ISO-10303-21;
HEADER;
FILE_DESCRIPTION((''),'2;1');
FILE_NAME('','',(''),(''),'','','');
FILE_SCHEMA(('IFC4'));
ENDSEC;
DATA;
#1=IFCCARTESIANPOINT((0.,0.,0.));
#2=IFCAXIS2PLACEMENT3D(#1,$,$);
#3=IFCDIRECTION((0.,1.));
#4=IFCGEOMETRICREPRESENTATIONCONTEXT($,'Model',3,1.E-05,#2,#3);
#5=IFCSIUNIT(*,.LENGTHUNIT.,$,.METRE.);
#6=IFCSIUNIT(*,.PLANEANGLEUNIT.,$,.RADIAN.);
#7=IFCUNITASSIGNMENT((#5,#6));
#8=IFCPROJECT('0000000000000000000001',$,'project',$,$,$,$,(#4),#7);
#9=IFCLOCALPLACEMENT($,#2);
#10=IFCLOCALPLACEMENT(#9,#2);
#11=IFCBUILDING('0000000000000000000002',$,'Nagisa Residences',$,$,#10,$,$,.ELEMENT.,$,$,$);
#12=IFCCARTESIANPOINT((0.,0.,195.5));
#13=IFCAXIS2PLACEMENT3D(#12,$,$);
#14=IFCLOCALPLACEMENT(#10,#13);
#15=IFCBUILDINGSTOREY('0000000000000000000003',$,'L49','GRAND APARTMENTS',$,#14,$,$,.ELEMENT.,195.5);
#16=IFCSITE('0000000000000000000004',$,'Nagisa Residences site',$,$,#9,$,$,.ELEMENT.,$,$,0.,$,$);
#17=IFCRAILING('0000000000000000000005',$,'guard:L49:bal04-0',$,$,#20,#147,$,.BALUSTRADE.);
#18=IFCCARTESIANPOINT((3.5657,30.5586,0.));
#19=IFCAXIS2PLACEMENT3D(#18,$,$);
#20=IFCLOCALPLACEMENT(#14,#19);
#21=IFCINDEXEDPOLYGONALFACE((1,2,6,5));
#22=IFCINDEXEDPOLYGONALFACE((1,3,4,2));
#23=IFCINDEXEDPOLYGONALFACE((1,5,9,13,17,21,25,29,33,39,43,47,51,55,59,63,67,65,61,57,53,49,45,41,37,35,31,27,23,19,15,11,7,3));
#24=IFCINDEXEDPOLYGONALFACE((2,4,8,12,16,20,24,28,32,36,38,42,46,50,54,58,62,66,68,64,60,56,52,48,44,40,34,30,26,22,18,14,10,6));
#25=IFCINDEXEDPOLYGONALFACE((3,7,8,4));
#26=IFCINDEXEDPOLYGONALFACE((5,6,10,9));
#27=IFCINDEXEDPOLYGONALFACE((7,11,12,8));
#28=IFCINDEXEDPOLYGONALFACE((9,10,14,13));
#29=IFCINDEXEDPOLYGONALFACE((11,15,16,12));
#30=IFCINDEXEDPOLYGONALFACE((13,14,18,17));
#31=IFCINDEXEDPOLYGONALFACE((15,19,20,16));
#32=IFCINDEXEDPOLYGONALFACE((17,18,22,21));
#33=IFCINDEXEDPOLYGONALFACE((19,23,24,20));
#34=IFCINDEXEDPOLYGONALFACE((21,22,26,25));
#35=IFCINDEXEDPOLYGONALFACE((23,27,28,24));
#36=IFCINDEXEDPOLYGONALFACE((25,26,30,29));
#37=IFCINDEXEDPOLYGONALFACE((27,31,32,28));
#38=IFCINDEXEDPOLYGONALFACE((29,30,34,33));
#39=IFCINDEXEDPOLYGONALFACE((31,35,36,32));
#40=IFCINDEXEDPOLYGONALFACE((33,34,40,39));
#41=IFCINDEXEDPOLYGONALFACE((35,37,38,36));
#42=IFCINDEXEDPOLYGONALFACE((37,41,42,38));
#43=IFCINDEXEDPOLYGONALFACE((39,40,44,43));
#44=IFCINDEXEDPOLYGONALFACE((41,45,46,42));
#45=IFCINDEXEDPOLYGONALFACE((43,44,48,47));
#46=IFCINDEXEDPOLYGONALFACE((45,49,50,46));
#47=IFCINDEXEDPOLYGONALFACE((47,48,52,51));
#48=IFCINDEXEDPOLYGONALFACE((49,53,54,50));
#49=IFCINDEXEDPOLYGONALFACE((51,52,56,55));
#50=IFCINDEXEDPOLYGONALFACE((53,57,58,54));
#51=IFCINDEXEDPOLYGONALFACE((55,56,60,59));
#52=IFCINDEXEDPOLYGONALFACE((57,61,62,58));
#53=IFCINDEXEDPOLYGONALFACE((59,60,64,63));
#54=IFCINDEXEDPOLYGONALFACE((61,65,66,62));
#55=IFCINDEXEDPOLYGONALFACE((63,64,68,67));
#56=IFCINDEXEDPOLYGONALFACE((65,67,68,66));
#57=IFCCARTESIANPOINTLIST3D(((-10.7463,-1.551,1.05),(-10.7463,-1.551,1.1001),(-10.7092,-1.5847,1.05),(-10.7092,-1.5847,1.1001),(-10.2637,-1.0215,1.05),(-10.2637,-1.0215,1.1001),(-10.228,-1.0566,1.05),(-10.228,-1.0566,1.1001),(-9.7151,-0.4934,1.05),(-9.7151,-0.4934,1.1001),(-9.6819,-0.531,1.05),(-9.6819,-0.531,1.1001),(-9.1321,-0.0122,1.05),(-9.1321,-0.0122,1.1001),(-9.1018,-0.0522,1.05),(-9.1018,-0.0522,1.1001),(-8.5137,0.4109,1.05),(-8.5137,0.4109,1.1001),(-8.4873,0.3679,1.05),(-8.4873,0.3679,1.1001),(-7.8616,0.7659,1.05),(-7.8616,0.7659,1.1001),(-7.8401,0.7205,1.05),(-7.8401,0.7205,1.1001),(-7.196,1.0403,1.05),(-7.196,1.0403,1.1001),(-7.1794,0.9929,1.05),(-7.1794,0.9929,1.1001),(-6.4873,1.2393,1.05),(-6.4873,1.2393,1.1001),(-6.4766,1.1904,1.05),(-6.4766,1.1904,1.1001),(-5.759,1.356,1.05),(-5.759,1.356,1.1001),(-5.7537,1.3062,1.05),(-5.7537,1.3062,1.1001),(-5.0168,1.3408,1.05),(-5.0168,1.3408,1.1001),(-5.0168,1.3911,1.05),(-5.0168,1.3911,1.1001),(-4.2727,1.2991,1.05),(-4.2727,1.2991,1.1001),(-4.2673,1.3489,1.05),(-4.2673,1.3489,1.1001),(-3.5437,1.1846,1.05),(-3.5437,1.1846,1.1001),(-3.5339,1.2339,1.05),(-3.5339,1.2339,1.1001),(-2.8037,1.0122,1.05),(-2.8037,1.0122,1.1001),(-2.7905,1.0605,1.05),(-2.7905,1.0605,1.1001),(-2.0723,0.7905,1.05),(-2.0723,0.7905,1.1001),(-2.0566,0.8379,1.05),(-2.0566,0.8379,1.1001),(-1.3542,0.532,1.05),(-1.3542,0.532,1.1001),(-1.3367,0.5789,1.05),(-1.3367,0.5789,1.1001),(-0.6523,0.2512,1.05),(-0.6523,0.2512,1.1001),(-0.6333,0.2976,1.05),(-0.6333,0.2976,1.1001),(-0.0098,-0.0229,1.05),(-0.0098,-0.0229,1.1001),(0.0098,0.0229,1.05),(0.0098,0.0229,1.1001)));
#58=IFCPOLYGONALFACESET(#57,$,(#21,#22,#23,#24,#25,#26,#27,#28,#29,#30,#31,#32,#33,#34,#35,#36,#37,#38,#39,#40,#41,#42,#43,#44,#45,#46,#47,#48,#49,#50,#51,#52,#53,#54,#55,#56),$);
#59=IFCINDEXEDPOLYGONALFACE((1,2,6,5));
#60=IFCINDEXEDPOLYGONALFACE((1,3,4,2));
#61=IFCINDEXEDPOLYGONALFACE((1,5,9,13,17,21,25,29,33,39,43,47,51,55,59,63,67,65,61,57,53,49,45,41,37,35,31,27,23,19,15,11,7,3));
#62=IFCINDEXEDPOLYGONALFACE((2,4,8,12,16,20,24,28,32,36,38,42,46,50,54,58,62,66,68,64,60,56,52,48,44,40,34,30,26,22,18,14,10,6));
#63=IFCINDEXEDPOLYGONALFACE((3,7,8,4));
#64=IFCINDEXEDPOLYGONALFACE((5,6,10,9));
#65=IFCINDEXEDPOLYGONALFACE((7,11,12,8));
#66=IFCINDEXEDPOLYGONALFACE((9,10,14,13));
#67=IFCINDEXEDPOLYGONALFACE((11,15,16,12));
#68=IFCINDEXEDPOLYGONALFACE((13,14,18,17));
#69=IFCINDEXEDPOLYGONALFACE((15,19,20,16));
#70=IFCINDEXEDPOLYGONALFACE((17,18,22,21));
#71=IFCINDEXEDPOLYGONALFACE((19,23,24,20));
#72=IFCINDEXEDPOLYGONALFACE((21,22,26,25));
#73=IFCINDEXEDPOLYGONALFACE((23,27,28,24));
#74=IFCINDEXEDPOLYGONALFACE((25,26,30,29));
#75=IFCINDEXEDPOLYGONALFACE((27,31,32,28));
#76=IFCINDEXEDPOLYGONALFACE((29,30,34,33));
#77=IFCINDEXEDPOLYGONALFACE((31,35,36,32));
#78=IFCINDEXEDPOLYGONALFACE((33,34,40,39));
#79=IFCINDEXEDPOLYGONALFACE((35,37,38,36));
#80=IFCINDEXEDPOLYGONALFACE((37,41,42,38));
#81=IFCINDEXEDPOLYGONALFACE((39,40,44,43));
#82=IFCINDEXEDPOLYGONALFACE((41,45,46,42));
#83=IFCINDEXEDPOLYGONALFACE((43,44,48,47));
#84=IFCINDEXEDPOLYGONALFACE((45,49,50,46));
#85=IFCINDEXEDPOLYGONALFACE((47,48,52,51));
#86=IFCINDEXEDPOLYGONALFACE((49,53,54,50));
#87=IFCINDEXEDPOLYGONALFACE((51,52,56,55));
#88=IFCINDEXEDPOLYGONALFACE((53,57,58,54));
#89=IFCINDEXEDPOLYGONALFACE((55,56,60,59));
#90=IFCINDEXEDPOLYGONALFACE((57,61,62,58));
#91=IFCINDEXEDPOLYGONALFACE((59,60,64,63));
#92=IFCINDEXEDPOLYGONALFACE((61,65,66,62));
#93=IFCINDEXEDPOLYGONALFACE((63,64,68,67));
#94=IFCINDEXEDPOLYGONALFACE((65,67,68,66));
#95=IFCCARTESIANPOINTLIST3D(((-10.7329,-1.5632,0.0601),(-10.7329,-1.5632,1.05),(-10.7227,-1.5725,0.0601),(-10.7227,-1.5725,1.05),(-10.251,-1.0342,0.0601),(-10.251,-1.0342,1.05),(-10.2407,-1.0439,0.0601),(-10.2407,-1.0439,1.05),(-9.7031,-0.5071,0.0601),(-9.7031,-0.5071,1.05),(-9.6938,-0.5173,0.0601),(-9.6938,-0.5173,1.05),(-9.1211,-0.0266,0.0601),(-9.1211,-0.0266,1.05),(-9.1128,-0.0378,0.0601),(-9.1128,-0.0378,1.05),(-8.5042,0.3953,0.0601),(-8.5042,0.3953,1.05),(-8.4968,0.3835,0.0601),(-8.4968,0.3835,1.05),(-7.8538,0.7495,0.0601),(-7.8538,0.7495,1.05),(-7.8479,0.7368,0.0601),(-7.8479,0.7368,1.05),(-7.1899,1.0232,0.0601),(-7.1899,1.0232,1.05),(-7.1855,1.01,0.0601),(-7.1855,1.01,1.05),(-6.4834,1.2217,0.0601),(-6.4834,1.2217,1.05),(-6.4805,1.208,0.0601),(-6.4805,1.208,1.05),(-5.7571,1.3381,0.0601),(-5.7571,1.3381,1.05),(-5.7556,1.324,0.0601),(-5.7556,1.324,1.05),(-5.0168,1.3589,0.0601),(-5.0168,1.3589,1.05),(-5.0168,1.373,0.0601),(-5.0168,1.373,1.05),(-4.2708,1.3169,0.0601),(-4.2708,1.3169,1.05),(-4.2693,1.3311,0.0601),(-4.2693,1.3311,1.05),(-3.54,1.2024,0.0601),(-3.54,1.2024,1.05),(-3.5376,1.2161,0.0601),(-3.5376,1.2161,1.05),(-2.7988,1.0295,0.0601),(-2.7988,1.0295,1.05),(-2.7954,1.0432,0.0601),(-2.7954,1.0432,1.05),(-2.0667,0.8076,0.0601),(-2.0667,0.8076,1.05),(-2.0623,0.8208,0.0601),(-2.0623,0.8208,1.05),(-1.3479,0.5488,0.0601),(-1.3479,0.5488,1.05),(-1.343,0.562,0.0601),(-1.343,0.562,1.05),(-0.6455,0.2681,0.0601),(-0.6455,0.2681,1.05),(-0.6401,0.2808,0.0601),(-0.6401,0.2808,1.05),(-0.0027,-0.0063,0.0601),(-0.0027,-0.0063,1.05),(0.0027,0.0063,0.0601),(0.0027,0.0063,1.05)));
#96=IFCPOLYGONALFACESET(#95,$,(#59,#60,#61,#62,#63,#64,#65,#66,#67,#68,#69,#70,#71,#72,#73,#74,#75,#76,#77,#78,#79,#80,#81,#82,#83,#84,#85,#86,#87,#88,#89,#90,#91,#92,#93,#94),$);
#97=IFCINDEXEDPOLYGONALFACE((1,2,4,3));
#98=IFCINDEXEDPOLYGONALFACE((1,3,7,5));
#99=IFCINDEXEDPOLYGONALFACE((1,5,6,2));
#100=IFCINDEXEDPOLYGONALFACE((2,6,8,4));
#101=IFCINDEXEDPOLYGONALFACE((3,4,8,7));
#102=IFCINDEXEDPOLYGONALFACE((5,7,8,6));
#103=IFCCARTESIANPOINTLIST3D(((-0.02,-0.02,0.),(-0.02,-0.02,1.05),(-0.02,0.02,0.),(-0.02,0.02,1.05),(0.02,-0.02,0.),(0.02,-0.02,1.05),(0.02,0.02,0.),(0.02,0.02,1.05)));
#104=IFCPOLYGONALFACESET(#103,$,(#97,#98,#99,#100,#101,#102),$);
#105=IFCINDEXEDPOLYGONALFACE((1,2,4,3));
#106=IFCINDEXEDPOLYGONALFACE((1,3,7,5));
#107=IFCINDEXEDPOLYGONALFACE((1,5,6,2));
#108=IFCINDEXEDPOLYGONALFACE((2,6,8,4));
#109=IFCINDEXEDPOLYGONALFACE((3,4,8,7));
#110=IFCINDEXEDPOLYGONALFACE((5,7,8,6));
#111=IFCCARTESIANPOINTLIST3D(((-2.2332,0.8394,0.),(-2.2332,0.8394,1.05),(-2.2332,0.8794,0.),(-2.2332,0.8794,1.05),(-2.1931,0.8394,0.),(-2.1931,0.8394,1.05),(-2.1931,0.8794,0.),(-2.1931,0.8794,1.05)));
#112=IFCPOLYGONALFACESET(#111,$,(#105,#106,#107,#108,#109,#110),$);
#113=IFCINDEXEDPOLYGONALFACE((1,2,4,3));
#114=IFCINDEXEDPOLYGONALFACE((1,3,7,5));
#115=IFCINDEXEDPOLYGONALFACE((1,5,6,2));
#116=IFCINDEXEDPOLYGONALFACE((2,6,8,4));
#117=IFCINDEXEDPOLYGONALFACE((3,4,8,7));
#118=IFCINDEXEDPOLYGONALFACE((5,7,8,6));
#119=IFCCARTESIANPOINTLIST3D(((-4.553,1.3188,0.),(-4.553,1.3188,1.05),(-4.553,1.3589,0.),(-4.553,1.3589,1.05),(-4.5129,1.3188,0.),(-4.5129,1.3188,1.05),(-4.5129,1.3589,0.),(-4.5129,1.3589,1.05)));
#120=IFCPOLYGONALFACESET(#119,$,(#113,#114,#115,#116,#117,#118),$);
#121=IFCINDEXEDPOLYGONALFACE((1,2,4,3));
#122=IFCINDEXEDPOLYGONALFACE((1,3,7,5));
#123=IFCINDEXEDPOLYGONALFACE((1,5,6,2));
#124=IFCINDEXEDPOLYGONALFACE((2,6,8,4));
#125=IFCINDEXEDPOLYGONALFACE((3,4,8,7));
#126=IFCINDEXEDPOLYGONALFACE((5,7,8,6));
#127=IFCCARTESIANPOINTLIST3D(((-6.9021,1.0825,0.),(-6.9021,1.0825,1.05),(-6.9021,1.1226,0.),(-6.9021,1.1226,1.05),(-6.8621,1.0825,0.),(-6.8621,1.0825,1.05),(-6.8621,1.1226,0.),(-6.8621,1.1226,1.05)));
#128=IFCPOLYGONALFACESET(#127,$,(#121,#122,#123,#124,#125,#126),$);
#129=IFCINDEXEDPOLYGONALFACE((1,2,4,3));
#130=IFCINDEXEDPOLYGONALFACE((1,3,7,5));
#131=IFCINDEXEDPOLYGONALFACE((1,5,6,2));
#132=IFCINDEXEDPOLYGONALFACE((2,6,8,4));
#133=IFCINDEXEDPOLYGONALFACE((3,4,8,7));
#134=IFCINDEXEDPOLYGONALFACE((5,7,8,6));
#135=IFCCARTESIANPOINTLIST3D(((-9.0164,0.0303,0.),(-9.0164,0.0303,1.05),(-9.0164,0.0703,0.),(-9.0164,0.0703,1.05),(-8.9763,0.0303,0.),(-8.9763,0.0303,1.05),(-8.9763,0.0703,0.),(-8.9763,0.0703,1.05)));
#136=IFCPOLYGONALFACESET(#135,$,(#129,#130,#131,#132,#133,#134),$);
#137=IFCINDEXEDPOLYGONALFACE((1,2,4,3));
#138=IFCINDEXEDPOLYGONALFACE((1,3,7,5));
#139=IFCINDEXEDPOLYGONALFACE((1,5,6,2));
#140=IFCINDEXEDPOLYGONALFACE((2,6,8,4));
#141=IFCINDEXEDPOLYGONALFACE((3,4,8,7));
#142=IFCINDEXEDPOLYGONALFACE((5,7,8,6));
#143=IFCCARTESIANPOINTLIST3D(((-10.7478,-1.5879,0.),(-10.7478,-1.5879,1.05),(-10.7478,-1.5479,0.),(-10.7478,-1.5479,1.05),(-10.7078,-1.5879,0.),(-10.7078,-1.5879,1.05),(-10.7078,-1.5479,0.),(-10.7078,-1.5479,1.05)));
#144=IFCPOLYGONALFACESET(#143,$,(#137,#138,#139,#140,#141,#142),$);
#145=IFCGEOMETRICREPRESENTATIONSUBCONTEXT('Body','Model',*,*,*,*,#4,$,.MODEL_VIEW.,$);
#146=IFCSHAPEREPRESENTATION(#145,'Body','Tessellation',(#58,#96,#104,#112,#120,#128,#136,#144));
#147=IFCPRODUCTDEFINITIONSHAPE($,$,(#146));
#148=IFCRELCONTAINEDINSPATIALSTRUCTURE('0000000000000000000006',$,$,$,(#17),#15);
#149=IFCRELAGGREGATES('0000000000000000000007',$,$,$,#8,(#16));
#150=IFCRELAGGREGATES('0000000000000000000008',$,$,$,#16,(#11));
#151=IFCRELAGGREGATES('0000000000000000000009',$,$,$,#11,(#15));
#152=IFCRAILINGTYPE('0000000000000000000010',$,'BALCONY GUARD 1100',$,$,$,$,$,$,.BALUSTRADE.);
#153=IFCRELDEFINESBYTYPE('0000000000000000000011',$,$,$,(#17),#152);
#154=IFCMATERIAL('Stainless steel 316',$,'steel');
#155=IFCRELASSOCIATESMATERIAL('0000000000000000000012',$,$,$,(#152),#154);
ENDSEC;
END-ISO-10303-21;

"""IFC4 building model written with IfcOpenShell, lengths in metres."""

from ifc_helpers import new_model, si_unit, direction, frame, origin, origin_2d, place, context, subcontext, project, spatial, polyline, rectangle, outline, extrude, material, type_object, element, save


model = new_model("IFC4")

# Units and contexts
model_context = context("Model", 3, precision=1e-05, world=origin(), true_north=direction((0.0, 1.0)))
body_context = subcontext(model_context, "Body", "Model", "MODEL_VIEW")
ifc_project = project(units=[si_unit("LENGTHUNIT", "METRE"), si_unit("PLANEANGLEUNIT", "RADIAN")], contexts=[model_context])

# Site, building, storey
site_placement = place(None, origin())
site = spatial("IfcSite", under=ifc_project, at=site_placement, Name="Nagisa Residences site", CompositionType="ELEMENT", RefElevation=0.0)
building_placement = place(site_placement, origin())
building = spatial("IfcBuilding", under=site, at=building_placement, Name="Nagisa Residences", CompositionType="ELEMENT")
storey_placement = place(building_placement, frame((0.0, 0.0, 195.5)))
storey = spatial("IfcBuildingStorey", under=building, at=storey_placement, Name="L49", Description="GRAND APARTMENTS", CompositionType="ELEMENT", Elevation=195.5)

# Railing
ifc_material_1 = material(Name="Stainless steel 316", Category="steel")
railing_type = type_object("IfcRailingType", Name="BALCONY GUARD 1100", PredefinedType="BALUSTRADE", material=ifc_material_1)
railing_placement = place(storey_placement, frame((3.5657, 30.5586, 0.0)))
element("IfcRailing", 1, at=railing_placement, inside=storey, type_object=railing_type, Name="guard:L49:bal04-0", PredefinedType="BALUSTRADE", context=body_context, shape_type="SweptSolid", body=[
    extrude(outline(polyline([(-0.6523, 0.2512), (-0.0098, -0.0229), (0.0098, 0.0229), (-0.6333, 0.2976), (-1.3367, 0.5789), (-2.0566, 0.8379), (-2.7905, 1.0605), (-3.5339, 1.2339), (-4.2673, 1.3489), (-5.0168, 1.3911), (-5.759, 1.356), (-6.4873, 1.2393), (-7.196, 1.0403), (-7.8616, 0.7659), (-8.5137, 0.4109), (-9.1321, -0.0122), (-9.7151, -0.4934), (-10.2637, -1.0215), (-10.7463, -1.551), (-10.7092, -1.5847), (-10.228, -1.0566), (-9.6819, -0.531), (-9.1018, -0.0522), (-8.4873, 0.3679), (-7.8401, 0.7205), (-7.1794, 0.9929), (-6.4766, 1.1904), (-5.7537, 1.3062), (-5.0168, 1.3408), (-4.2727, 1.2991), (-3.5437, 1.1846), (-2.8037, 1.0122), (-2.0723, 0.7905), (-1.3542, 0.532), (-0.6523, 0.2512)])), frame((0.0, 0.0, 1.05)), (0.0, 0.0, 1.0), 0.05),
    extrude(outline(polyline([(-0.6455, 0.2681), (-0.0027, -0.0063), (0.0027, 0.0063), (-0.6401, 0.2808), (-1.343, 0.562), (-2.0623, 0.8208), (-2.7954, 1.0432), (-3.5376, 1.2161), (-4.2693, 1.3311), (-5.0168, 1.373), (-5.7571, 1.3381), (-6.4834, 1.2217), (-7.1899, 1.0232), (-7.8538, 0.7495), (-8.5042, 0.3953), (-9.1211, -0.0266), (-9.7031, -0.5071), (-10.251, -1.0342), (-10.7329, -1.5632), (-10.7227, -1.5725), (-10.2407, -1.0439), (-9.6938, -0.5173), (-9.1128, -0.0378), (-8.4968, 0.3835), (-7.8479, 0.7368), (-7.1855, 1.01), (-6.4805, 1.208), (-5.7556, 1.324), (-5.0168, 1.3589), (-4.2708, 1.3169), (-3.54, 1.2024), (-2.7988, 1.0295), (-2.0667, 0.8076), (-1.3479, 0.5488), (-0.6455, 0.2681)])), frame((0.0, 0.0, 0.0601)), (0.0, 0.0, 1.0), 0.99),
    extrude(rectangle(XDim=0.04, YDim=0.04, at=origin_2d()), origin(), (0.0, 0.0, 1.0), 1.05),
    extrude(rectangle(XDim=0.04, YDim=0.04, at=origin_2d()), frame((-2.2131, 0.8594, 0.0)), (0.0, 0.0, 1.0), 1.05),
    extrude(rectangle(XDim=0.04, YDim=0.04, at=origin_2d()), frame((-4.533, 1.3389, 0.0)), (0.0, 0.0, 1.0), 1.05),
    extrude(rectangle(XDim=0.04, YDim=0.04, at=origin_2d()), frame((-6.8821, 1.1025, 0.0)), (0.0, 0.0, 1.0), 1.05),
    extrude(rectangle(XDim=0.04, YDim=0.04, at=origin_2d()), frame((-8.9963, 0.0503, 0.0)), (0.0, 0.0, 1.0), 1.05),
    extrude(rectangle(XDim=0.04, YDim=0.04, at=origin_2d()), frame((-10.7278, -1.5679, 0.0)), (0.0, 0.0, 1.0), 1.05),
])

save(model, "model.ifc")
